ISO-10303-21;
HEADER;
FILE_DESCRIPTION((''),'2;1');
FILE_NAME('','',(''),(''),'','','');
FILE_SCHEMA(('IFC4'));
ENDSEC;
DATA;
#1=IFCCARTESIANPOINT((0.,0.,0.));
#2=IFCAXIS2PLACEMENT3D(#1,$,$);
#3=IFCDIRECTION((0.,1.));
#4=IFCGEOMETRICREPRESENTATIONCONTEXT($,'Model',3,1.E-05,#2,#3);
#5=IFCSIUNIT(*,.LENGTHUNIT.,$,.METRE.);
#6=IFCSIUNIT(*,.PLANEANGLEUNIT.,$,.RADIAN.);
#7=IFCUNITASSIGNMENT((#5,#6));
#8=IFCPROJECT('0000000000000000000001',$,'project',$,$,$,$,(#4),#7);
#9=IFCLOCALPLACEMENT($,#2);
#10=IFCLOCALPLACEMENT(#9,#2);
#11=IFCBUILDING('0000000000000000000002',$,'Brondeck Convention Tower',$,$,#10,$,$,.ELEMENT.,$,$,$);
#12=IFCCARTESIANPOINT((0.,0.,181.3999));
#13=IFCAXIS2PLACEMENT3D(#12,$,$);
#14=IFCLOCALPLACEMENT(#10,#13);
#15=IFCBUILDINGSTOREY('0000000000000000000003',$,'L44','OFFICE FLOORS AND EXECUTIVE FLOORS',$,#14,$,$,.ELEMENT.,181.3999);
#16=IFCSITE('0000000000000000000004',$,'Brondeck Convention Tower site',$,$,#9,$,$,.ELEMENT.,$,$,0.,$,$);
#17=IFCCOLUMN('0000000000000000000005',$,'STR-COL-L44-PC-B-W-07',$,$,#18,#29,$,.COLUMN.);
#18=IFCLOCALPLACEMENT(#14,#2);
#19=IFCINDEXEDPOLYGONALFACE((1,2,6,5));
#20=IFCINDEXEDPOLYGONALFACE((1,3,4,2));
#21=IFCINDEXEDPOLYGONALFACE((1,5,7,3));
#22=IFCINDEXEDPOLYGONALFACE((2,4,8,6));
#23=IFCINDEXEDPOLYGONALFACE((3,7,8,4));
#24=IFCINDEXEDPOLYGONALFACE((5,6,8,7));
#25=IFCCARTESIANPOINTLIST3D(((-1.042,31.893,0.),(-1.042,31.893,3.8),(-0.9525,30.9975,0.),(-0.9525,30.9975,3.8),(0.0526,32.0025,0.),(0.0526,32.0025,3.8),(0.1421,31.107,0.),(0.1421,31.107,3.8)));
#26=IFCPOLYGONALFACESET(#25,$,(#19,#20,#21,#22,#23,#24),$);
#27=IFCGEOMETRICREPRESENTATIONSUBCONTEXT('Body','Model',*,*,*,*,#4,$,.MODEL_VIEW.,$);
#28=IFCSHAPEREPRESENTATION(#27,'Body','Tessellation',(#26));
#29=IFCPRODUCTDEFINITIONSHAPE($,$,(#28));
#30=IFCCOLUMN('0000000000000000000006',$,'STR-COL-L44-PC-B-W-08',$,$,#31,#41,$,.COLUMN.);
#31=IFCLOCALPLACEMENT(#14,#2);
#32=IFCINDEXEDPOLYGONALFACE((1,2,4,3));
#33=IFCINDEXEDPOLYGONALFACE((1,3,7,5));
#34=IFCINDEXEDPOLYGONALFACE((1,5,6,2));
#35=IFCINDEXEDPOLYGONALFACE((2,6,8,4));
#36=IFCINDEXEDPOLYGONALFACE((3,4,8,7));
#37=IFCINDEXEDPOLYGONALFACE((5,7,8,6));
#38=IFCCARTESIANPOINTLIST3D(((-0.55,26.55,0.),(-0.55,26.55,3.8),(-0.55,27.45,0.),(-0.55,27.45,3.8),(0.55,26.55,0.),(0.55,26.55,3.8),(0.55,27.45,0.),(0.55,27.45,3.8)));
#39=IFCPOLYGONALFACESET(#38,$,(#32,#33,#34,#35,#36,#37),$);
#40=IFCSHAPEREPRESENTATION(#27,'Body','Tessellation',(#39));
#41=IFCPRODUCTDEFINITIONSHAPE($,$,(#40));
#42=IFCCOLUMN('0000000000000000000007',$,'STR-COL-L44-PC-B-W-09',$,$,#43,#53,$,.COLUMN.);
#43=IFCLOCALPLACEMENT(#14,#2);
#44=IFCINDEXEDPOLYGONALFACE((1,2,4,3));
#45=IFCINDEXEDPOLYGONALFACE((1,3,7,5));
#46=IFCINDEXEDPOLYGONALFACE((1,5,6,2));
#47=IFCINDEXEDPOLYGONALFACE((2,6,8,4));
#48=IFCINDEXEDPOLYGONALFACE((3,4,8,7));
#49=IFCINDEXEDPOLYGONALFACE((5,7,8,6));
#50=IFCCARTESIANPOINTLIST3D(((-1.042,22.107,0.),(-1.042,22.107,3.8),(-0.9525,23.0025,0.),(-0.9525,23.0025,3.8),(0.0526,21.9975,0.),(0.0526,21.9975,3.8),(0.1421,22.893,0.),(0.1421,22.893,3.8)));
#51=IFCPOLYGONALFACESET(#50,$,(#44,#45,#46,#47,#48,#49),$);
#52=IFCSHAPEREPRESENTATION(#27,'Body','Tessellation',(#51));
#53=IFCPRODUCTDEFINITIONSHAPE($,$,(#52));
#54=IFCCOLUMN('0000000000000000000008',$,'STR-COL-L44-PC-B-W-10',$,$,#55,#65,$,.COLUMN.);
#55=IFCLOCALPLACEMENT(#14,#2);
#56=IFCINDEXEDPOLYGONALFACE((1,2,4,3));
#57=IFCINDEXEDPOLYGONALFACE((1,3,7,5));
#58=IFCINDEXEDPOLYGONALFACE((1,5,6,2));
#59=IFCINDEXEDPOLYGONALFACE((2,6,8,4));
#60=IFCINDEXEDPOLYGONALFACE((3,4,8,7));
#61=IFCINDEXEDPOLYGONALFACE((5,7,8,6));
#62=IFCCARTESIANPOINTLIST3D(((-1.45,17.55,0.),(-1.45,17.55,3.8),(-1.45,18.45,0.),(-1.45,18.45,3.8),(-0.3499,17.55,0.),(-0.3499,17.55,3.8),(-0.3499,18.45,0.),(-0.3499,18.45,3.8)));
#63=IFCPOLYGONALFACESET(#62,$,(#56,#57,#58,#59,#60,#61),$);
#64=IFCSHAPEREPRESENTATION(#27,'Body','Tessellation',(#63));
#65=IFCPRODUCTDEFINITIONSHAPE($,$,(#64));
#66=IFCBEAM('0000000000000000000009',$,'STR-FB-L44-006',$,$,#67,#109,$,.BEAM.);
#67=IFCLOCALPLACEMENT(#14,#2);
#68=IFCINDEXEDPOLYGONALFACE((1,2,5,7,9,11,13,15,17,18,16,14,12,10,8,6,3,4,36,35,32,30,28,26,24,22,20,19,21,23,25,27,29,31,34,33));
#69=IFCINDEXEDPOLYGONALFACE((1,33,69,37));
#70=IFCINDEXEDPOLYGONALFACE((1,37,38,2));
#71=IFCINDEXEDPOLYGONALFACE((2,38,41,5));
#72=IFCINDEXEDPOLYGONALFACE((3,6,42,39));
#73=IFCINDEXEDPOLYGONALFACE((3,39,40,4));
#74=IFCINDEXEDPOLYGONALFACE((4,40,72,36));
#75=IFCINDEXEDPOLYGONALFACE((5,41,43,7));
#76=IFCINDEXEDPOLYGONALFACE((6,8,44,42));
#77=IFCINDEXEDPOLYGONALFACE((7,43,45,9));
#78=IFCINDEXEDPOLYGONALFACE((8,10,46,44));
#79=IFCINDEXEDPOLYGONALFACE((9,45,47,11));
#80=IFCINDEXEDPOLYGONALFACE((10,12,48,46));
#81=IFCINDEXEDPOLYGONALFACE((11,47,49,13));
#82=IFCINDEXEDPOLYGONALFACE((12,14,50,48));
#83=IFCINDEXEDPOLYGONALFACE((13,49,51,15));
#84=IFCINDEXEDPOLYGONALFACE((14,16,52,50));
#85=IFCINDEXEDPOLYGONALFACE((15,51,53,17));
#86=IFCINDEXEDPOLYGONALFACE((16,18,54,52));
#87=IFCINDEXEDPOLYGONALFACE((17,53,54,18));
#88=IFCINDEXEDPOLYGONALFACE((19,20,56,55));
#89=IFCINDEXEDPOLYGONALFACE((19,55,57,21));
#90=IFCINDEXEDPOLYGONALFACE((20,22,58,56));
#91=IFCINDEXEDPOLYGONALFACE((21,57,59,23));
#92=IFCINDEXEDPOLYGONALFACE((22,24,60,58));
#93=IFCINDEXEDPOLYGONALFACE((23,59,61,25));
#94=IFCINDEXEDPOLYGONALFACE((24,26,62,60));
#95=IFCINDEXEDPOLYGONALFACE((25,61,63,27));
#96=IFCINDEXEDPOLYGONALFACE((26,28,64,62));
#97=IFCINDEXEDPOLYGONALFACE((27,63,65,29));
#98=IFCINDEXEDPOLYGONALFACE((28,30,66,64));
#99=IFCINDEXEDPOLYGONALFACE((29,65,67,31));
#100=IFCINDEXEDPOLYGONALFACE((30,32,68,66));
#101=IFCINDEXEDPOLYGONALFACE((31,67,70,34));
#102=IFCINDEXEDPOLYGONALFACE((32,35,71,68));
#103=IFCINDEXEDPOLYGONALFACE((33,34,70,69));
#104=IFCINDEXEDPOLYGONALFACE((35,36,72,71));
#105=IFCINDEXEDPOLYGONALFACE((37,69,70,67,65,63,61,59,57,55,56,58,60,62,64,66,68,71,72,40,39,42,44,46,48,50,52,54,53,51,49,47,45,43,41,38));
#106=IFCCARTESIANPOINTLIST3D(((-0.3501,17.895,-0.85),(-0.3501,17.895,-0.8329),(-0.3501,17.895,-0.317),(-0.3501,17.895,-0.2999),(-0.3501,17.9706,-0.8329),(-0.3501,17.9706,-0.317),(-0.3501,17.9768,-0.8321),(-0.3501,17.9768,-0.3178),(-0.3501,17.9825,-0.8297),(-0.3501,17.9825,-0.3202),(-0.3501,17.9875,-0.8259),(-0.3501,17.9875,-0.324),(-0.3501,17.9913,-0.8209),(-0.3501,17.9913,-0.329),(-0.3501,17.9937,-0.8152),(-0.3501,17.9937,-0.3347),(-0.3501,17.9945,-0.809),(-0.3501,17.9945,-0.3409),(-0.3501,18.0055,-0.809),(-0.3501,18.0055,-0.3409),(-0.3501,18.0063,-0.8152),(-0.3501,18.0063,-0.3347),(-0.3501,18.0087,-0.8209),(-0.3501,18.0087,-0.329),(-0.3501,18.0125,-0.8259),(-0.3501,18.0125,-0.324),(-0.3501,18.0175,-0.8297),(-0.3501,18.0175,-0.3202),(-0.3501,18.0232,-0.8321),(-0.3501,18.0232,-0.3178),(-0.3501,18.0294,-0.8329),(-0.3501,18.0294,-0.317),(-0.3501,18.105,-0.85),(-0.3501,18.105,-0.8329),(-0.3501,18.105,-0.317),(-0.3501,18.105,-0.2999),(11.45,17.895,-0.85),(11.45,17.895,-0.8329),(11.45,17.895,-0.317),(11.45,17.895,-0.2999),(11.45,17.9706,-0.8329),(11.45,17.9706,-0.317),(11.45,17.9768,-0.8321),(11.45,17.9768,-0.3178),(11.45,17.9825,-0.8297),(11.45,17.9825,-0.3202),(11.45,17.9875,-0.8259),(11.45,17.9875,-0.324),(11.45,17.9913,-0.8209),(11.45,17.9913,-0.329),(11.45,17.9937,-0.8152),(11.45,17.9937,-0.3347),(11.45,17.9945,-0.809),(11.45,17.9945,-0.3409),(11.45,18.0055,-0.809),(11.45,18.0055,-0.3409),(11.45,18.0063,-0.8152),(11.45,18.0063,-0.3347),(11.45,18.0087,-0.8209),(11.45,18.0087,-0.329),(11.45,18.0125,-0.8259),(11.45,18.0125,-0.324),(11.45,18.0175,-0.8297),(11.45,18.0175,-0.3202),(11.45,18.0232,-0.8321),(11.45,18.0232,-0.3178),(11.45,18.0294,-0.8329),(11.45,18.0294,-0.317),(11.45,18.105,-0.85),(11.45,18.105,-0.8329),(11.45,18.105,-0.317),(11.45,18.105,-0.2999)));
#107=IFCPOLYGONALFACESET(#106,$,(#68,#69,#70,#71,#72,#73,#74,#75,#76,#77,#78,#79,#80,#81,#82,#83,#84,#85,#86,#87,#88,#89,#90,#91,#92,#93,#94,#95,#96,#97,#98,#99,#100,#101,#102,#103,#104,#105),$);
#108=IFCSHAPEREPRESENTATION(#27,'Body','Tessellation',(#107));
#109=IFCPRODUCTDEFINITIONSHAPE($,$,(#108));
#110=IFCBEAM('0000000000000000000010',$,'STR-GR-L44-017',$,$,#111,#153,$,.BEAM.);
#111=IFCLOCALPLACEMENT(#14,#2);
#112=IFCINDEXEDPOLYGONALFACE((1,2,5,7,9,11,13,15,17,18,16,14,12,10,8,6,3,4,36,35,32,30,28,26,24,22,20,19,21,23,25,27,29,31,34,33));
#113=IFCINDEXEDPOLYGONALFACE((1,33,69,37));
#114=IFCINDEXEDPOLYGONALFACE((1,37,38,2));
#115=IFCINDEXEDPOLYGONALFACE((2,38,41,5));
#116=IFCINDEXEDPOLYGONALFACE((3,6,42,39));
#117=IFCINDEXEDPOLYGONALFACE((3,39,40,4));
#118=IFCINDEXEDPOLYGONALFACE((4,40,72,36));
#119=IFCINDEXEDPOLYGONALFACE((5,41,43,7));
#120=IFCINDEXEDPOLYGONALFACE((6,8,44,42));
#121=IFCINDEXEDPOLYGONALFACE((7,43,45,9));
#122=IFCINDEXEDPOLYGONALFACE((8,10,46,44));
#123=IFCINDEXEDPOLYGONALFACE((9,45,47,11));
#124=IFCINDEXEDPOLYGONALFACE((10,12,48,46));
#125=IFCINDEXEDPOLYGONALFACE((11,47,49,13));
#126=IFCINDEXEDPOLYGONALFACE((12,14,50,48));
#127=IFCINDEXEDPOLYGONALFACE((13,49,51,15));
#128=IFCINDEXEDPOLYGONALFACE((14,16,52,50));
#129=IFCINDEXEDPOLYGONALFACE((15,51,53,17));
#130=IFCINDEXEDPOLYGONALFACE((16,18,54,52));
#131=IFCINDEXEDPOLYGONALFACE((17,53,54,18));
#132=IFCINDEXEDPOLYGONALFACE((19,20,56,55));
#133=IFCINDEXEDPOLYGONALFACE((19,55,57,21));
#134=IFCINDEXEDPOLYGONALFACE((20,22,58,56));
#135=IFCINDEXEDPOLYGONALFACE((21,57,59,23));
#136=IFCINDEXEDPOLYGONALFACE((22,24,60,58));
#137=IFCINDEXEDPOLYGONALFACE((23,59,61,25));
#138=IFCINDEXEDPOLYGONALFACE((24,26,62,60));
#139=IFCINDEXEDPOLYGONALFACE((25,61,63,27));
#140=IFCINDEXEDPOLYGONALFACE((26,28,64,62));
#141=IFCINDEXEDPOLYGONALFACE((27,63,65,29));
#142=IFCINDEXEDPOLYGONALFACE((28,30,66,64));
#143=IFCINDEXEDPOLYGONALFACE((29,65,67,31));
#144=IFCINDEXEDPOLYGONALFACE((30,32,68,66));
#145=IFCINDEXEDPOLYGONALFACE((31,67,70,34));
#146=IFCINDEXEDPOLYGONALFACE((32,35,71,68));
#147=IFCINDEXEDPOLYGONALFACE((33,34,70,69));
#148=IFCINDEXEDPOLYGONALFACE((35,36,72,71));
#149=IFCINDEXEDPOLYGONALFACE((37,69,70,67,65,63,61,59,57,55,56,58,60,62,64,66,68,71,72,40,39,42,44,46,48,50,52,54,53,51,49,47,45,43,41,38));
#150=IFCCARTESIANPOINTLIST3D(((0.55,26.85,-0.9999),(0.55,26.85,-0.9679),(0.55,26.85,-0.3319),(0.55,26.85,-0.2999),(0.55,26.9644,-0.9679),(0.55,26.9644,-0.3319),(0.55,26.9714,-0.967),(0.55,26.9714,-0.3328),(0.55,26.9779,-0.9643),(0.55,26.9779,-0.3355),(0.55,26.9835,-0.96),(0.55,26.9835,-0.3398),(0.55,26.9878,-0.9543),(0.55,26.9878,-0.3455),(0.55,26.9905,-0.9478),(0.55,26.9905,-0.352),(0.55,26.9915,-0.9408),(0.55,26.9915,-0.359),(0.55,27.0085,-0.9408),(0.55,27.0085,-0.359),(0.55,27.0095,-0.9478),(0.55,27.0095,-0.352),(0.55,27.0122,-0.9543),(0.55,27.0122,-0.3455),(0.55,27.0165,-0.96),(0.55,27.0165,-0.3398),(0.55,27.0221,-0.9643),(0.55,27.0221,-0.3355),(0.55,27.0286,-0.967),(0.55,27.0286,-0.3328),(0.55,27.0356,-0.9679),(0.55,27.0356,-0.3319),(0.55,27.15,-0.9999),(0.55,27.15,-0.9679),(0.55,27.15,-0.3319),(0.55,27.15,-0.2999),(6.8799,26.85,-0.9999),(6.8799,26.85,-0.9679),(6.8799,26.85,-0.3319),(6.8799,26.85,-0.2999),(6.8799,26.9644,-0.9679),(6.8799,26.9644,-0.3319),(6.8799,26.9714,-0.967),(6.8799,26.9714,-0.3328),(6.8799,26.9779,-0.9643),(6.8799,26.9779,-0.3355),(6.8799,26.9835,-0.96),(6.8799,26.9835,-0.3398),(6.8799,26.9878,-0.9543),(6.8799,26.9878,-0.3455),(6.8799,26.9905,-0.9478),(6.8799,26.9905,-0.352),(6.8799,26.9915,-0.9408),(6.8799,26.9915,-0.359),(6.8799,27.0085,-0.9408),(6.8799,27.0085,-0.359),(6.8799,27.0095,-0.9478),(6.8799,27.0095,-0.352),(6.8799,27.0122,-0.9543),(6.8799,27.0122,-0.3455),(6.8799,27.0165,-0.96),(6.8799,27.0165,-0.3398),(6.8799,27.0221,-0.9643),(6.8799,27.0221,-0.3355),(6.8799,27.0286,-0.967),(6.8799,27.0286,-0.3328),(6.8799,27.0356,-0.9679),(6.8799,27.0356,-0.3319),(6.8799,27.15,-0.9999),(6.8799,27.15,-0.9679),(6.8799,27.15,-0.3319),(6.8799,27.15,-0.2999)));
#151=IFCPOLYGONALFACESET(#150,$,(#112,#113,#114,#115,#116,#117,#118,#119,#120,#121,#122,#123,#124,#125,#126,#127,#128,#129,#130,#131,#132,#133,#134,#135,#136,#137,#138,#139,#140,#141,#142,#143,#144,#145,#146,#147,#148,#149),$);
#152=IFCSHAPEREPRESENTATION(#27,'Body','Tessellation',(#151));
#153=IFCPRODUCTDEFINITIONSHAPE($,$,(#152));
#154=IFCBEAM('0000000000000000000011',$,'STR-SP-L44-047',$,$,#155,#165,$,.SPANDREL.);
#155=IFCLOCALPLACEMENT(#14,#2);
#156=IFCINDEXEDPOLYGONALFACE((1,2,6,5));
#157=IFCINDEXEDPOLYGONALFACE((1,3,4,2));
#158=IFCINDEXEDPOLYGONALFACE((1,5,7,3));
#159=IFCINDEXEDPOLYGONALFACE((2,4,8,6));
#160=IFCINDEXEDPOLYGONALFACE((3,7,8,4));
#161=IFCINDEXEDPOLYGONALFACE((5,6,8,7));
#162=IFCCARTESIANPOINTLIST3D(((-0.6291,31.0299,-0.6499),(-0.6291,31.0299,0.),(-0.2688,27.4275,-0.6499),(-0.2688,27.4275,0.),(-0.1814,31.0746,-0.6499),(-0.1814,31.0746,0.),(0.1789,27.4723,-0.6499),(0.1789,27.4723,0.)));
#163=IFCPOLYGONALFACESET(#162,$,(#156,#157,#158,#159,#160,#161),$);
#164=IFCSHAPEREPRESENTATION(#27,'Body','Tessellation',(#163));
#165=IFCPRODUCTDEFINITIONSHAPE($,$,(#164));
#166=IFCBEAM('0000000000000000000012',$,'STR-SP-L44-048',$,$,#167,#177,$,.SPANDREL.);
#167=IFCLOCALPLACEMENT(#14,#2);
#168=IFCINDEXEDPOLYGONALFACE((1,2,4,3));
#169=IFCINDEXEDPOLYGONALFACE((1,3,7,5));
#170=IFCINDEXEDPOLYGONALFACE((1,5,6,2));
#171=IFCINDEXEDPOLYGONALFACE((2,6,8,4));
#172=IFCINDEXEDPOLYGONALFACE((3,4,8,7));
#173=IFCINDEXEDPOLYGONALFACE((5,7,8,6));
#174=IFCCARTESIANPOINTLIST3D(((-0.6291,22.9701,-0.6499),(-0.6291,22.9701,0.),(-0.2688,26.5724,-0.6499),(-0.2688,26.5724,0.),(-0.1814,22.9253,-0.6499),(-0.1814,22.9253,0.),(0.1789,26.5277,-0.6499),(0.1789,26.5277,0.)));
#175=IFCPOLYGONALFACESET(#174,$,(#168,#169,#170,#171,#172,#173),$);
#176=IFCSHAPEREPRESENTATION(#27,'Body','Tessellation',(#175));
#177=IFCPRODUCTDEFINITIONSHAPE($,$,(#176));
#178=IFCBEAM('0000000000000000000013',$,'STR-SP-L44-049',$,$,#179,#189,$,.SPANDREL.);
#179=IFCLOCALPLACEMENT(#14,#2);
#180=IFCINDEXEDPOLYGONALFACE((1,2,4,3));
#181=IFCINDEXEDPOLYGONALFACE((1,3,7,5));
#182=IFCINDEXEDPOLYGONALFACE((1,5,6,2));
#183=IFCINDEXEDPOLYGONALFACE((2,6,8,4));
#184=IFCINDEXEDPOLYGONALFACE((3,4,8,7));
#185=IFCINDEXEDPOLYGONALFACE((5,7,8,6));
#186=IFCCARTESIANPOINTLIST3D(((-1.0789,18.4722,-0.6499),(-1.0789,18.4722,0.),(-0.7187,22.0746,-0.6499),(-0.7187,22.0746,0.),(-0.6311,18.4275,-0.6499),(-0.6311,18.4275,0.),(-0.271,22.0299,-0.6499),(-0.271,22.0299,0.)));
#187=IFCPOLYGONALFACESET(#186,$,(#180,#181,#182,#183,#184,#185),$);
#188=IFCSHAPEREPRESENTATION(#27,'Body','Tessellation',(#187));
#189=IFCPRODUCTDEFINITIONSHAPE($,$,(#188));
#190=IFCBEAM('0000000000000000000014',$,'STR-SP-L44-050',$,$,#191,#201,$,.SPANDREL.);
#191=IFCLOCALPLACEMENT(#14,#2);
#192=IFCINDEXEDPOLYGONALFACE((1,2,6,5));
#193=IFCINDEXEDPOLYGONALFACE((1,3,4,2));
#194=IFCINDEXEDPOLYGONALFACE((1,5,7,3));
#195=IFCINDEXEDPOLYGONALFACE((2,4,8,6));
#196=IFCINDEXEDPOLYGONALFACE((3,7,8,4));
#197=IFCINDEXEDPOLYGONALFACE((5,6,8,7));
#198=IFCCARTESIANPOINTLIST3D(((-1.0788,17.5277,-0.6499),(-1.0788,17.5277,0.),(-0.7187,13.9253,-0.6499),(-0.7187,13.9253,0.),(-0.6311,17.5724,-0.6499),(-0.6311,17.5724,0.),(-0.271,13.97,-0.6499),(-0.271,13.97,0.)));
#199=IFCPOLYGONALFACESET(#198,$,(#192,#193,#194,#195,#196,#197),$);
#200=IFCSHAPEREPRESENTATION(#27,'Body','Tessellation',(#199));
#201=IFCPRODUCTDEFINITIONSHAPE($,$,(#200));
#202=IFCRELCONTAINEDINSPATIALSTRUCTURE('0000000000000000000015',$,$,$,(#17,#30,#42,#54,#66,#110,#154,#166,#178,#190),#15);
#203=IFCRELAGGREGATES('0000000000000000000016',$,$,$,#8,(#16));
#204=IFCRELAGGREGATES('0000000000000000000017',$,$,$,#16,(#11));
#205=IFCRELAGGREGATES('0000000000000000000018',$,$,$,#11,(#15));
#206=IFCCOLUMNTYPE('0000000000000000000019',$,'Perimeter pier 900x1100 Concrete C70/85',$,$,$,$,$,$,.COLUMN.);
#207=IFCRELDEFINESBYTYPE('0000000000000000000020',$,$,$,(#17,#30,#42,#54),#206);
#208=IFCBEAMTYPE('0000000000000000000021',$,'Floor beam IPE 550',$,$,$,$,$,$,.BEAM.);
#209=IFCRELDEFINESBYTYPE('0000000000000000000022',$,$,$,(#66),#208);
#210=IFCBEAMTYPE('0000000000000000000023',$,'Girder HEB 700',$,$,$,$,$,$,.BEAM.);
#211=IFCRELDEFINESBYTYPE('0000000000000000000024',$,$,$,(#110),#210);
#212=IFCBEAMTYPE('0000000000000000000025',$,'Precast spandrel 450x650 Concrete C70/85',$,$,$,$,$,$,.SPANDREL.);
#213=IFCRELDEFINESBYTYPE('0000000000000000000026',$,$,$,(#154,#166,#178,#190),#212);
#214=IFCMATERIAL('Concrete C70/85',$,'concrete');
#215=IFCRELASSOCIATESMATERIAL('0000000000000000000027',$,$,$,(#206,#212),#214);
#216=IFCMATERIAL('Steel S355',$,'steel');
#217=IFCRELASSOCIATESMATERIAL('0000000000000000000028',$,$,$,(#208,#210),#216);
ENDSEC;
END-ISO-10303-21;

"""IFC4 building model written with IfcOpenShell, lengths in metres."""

from ifc_helpers import new_model, si_unit, direction, frame, origin, origin_2d, place, context, subcontext, project, spatial, rectangle, i_section, extrude, material, material_profile, profile_set, type_object, element, save


model = new_model("IFC4")

# Units and contexts
model_context = context("Model", 3, precision=1e-05, world=origin(), true_north=direction((0.0, 1.0)))
body_context = subcontext(model_context, "Body", "Model", "MODEL_VIEW")
ifc_project = project(units=[si_unit("LENGTHUNIT", "METRE"), si_unit("PLANEANGLEUNIT", "RADIAN")], contexts=[model_context])

# Site, building, storey
site_placement = place(None, origin())
site = spatial("IfcSite", under=ifc_project, at=site_placement, Name="Brondeck Convention Tower site", CompositionType="ELEMENT", RefElevation=0.0)
building_placement = place(site_placement, origin())
building = spatial("IfcBuilding", under=site, at=building_placement, Name="Brondeck Convention Tower", CompositionType="ELEMENT")
storey_placement = place(building_placement, frame((0.0, 0.0, 181.3999)))
storey = spatial("IfcBuildingStorey", under=building, at=storey_placement, Name="L44", Description="OFFICE FLOORS AND EXECUTIVE FLOORS", CompositionType="ELEMENT", Elevation=181.3999)

# Columns
ifc_material_1 = material(Name="Concrete C70/85", Category="concrete")
ifc_material_profile_1 = material_profile(ifc_material_1, rectangle(XDim=0.8999, YDim=1.1001, at=origin_2d()), Name="Perimeter pier 900x1100 Concrete C70/85")
ifc_profile_set_1 = profile_set([ifc_material_profile_1], Name="Concrete C70/85")
column_type = type_object("IfcColumnType", Name="Perimeter pier 900x1100 Concrete C70/85", PredefinedType="COLUMN", material=ifc_profile_set_1)
for number, where, z_axis, x_axis, name in (
    (1, (-0.45, 31.5, 0.0), (0.0, 0.0, 1.0), (0.099504, -0.995037, 0.0), "STR-COL-L44-PC-B-W-07"),
    (2, (0.0, 27.0, 0.0), (0.0, 0.0, 1.0), (0.0, -1.0, 0.0), "STR-COL-L44-PC-B-W-08"),
    (3, (-0.45, 22.5, 0.0), (0.0, 0.0, 1.0), (-0.099504, -0.995037, 0.0), "STR-COL-L44-PC-B-W-09"),
    (4, (-0.8999, 18.0, 0.0), (0.0, 0.0, 1.0), (0.0, -1.0, 0.0), "STR-COL-L44-PC-B-W-10"),
):
    element("IfcColumn", number, at=place(storey_placement, frame(where, z_axis=z_axis, x_axis=x_axis)), inside=storey, type_object=column_type, Name=name, PredefinedType="COLUMN", context=body_context, shape_type="SweptSolid", body=[
        extrude(rectangle(XDim=0.8999, YDim=1.1001, at=origin_2d()), origin(), (0.0, 0.0, 1.0), 3.8),
    ])

# Beams
ifc_material_2 = material(Name="Steel S355", Category="steel")
ifc_material_profile_2 = material_profile(ifc_material_2, i_section(OverallWidth=0.21, OverallDepth=0.55, WebThickness=0.011, FlangeThickness=0.0171, FilletRadius=0.0239, at=origin_2d()), Name="IPE 550")
ifc_profile_set_2 = profile_set([ifc_material_profile_2], Name="Steel S355")
beam_type_1 = type_object("IfcBeamType", Name="Floor beam IPE 550", PredefinedType="BEAM", material=ifc_profile_set_2)
beam_1_placement = place(storey_placement, frame((-0.3501, 18.0, -0.575), z_axis=(1.0, 0.0, 0.0), x_axis=(0.0, 1.0, 0.0)))
element("IfcBeam", 5, at=beam_1_placement, inside=storey, type_object=beam_type_1, Name="STR-FB-L44-006", PredefinedType="BEAM", context=body_context, shape_type="SweptSolid", body=[
    extrude(i_section(OverallWidth=0.21, OverallDepth=0.55, WebThickness=0.011, FlangeThickness=0.0171, FilletRadius=0.0239, at=origin_2d()), origin(), (0.0, 0.0, 1.0), 11.8),
])
ifc_material_profile_3 = material_profile(ifc_material_2, i_section(OverallWidth=0.3, OverallDepth=0.7, WebThickness=0.0171, FlangeThickness=0.032, FilletRadius=0.0271, at=origin_2d()), Name="HEB 700")
ifc_profile_set_3 = profile_set([ifc_material_profile_3], Name="Steel S355")
beam_type_2 = type_object("IfcBeamType", Name="Girder HEB 700", PredefinedType="BEAM", material=ifc_profile_set_3)
beam_2_placement = place(storey_placement, frame((0.55, 27.0, -0.6499), z_axis=(1.0, 0.0, 0.0), x_axis=(0.0, 1.0, 0.0)))
element("IfcBeam", 6, at=beam_2_placement, inside=storey, type_object=beam_type_2, Name="STR-GR-L44-017", PredefinedType="BEAM", context=body_context, shape_type="SweptSolid", body=[
    extrude(i_section(OverallWidth=0.3, OverallDepth=0.7, WebThickness=0.0171, FlangeThickness=0.032, FilletRadius=0.0271, at=origin_2d()), origin(), (0.0, 0.0, 1.0), 6.3298),
])
ifc_material_profile_4 = material_profile(ifc_material_1, rectangle(XDim=0.45, YDim=0.6499, at=origin_2d()), Name="Precast spandrel 450x650 Concrete C70/85")
ifc_profile_set_4 = profile_set([ifc_material_profile_4], Name="Concrete C70/85")
beam_type_3 = type_object("IfcBeamType", Name="Precast spandrel 450x650 Concrete C70/85", PredefinedType="SPANDREL", material=ifc_profile_set_4)
for number, where, z_axis, x_axis, name in (
    (7, (-0.4053, 31.0522, -0.325), (0.099537, -0.995034, 0.0), (0.995034, 0.099537, 0.0), "STR-SP-L44-047"),
    (8, (-0.0449, 26.55, -0.325), (-0.099537, -0.995034, 0.0), (0.995034, -0.099537, 0.0), "STR-SP-L44-048"),
    (9, (-0.4949, 22.0522, -0.325), (-0.09947, -0.995041, 0.0), (0.995041, -0.09947, 0.0), "STR-SP-L44-049"),
    (10, (-0.855, 17.55, -0.325), (0.09947, -0.995041, 0.0), (0.995041, 0.09947, 0.0), "STR-SP-L44-050"),
):
    element("IfcBeam", number, at=place(storey_placement, frame(where, z_axis=z_axis, x_axis=x_axis)), inside=storey, type_object=beam_type_3, Name=name, PredefinedType="SPANDREL", context=body_context, shape_type="SweptSolid", body=[
        extrude(rectangle(XDim=0.45, YDim=0.6499, at=origin_2d()), origin(), (0.0, 0.0, 1.0), 3.6204),
    ])

save(model, "model.ifc")
